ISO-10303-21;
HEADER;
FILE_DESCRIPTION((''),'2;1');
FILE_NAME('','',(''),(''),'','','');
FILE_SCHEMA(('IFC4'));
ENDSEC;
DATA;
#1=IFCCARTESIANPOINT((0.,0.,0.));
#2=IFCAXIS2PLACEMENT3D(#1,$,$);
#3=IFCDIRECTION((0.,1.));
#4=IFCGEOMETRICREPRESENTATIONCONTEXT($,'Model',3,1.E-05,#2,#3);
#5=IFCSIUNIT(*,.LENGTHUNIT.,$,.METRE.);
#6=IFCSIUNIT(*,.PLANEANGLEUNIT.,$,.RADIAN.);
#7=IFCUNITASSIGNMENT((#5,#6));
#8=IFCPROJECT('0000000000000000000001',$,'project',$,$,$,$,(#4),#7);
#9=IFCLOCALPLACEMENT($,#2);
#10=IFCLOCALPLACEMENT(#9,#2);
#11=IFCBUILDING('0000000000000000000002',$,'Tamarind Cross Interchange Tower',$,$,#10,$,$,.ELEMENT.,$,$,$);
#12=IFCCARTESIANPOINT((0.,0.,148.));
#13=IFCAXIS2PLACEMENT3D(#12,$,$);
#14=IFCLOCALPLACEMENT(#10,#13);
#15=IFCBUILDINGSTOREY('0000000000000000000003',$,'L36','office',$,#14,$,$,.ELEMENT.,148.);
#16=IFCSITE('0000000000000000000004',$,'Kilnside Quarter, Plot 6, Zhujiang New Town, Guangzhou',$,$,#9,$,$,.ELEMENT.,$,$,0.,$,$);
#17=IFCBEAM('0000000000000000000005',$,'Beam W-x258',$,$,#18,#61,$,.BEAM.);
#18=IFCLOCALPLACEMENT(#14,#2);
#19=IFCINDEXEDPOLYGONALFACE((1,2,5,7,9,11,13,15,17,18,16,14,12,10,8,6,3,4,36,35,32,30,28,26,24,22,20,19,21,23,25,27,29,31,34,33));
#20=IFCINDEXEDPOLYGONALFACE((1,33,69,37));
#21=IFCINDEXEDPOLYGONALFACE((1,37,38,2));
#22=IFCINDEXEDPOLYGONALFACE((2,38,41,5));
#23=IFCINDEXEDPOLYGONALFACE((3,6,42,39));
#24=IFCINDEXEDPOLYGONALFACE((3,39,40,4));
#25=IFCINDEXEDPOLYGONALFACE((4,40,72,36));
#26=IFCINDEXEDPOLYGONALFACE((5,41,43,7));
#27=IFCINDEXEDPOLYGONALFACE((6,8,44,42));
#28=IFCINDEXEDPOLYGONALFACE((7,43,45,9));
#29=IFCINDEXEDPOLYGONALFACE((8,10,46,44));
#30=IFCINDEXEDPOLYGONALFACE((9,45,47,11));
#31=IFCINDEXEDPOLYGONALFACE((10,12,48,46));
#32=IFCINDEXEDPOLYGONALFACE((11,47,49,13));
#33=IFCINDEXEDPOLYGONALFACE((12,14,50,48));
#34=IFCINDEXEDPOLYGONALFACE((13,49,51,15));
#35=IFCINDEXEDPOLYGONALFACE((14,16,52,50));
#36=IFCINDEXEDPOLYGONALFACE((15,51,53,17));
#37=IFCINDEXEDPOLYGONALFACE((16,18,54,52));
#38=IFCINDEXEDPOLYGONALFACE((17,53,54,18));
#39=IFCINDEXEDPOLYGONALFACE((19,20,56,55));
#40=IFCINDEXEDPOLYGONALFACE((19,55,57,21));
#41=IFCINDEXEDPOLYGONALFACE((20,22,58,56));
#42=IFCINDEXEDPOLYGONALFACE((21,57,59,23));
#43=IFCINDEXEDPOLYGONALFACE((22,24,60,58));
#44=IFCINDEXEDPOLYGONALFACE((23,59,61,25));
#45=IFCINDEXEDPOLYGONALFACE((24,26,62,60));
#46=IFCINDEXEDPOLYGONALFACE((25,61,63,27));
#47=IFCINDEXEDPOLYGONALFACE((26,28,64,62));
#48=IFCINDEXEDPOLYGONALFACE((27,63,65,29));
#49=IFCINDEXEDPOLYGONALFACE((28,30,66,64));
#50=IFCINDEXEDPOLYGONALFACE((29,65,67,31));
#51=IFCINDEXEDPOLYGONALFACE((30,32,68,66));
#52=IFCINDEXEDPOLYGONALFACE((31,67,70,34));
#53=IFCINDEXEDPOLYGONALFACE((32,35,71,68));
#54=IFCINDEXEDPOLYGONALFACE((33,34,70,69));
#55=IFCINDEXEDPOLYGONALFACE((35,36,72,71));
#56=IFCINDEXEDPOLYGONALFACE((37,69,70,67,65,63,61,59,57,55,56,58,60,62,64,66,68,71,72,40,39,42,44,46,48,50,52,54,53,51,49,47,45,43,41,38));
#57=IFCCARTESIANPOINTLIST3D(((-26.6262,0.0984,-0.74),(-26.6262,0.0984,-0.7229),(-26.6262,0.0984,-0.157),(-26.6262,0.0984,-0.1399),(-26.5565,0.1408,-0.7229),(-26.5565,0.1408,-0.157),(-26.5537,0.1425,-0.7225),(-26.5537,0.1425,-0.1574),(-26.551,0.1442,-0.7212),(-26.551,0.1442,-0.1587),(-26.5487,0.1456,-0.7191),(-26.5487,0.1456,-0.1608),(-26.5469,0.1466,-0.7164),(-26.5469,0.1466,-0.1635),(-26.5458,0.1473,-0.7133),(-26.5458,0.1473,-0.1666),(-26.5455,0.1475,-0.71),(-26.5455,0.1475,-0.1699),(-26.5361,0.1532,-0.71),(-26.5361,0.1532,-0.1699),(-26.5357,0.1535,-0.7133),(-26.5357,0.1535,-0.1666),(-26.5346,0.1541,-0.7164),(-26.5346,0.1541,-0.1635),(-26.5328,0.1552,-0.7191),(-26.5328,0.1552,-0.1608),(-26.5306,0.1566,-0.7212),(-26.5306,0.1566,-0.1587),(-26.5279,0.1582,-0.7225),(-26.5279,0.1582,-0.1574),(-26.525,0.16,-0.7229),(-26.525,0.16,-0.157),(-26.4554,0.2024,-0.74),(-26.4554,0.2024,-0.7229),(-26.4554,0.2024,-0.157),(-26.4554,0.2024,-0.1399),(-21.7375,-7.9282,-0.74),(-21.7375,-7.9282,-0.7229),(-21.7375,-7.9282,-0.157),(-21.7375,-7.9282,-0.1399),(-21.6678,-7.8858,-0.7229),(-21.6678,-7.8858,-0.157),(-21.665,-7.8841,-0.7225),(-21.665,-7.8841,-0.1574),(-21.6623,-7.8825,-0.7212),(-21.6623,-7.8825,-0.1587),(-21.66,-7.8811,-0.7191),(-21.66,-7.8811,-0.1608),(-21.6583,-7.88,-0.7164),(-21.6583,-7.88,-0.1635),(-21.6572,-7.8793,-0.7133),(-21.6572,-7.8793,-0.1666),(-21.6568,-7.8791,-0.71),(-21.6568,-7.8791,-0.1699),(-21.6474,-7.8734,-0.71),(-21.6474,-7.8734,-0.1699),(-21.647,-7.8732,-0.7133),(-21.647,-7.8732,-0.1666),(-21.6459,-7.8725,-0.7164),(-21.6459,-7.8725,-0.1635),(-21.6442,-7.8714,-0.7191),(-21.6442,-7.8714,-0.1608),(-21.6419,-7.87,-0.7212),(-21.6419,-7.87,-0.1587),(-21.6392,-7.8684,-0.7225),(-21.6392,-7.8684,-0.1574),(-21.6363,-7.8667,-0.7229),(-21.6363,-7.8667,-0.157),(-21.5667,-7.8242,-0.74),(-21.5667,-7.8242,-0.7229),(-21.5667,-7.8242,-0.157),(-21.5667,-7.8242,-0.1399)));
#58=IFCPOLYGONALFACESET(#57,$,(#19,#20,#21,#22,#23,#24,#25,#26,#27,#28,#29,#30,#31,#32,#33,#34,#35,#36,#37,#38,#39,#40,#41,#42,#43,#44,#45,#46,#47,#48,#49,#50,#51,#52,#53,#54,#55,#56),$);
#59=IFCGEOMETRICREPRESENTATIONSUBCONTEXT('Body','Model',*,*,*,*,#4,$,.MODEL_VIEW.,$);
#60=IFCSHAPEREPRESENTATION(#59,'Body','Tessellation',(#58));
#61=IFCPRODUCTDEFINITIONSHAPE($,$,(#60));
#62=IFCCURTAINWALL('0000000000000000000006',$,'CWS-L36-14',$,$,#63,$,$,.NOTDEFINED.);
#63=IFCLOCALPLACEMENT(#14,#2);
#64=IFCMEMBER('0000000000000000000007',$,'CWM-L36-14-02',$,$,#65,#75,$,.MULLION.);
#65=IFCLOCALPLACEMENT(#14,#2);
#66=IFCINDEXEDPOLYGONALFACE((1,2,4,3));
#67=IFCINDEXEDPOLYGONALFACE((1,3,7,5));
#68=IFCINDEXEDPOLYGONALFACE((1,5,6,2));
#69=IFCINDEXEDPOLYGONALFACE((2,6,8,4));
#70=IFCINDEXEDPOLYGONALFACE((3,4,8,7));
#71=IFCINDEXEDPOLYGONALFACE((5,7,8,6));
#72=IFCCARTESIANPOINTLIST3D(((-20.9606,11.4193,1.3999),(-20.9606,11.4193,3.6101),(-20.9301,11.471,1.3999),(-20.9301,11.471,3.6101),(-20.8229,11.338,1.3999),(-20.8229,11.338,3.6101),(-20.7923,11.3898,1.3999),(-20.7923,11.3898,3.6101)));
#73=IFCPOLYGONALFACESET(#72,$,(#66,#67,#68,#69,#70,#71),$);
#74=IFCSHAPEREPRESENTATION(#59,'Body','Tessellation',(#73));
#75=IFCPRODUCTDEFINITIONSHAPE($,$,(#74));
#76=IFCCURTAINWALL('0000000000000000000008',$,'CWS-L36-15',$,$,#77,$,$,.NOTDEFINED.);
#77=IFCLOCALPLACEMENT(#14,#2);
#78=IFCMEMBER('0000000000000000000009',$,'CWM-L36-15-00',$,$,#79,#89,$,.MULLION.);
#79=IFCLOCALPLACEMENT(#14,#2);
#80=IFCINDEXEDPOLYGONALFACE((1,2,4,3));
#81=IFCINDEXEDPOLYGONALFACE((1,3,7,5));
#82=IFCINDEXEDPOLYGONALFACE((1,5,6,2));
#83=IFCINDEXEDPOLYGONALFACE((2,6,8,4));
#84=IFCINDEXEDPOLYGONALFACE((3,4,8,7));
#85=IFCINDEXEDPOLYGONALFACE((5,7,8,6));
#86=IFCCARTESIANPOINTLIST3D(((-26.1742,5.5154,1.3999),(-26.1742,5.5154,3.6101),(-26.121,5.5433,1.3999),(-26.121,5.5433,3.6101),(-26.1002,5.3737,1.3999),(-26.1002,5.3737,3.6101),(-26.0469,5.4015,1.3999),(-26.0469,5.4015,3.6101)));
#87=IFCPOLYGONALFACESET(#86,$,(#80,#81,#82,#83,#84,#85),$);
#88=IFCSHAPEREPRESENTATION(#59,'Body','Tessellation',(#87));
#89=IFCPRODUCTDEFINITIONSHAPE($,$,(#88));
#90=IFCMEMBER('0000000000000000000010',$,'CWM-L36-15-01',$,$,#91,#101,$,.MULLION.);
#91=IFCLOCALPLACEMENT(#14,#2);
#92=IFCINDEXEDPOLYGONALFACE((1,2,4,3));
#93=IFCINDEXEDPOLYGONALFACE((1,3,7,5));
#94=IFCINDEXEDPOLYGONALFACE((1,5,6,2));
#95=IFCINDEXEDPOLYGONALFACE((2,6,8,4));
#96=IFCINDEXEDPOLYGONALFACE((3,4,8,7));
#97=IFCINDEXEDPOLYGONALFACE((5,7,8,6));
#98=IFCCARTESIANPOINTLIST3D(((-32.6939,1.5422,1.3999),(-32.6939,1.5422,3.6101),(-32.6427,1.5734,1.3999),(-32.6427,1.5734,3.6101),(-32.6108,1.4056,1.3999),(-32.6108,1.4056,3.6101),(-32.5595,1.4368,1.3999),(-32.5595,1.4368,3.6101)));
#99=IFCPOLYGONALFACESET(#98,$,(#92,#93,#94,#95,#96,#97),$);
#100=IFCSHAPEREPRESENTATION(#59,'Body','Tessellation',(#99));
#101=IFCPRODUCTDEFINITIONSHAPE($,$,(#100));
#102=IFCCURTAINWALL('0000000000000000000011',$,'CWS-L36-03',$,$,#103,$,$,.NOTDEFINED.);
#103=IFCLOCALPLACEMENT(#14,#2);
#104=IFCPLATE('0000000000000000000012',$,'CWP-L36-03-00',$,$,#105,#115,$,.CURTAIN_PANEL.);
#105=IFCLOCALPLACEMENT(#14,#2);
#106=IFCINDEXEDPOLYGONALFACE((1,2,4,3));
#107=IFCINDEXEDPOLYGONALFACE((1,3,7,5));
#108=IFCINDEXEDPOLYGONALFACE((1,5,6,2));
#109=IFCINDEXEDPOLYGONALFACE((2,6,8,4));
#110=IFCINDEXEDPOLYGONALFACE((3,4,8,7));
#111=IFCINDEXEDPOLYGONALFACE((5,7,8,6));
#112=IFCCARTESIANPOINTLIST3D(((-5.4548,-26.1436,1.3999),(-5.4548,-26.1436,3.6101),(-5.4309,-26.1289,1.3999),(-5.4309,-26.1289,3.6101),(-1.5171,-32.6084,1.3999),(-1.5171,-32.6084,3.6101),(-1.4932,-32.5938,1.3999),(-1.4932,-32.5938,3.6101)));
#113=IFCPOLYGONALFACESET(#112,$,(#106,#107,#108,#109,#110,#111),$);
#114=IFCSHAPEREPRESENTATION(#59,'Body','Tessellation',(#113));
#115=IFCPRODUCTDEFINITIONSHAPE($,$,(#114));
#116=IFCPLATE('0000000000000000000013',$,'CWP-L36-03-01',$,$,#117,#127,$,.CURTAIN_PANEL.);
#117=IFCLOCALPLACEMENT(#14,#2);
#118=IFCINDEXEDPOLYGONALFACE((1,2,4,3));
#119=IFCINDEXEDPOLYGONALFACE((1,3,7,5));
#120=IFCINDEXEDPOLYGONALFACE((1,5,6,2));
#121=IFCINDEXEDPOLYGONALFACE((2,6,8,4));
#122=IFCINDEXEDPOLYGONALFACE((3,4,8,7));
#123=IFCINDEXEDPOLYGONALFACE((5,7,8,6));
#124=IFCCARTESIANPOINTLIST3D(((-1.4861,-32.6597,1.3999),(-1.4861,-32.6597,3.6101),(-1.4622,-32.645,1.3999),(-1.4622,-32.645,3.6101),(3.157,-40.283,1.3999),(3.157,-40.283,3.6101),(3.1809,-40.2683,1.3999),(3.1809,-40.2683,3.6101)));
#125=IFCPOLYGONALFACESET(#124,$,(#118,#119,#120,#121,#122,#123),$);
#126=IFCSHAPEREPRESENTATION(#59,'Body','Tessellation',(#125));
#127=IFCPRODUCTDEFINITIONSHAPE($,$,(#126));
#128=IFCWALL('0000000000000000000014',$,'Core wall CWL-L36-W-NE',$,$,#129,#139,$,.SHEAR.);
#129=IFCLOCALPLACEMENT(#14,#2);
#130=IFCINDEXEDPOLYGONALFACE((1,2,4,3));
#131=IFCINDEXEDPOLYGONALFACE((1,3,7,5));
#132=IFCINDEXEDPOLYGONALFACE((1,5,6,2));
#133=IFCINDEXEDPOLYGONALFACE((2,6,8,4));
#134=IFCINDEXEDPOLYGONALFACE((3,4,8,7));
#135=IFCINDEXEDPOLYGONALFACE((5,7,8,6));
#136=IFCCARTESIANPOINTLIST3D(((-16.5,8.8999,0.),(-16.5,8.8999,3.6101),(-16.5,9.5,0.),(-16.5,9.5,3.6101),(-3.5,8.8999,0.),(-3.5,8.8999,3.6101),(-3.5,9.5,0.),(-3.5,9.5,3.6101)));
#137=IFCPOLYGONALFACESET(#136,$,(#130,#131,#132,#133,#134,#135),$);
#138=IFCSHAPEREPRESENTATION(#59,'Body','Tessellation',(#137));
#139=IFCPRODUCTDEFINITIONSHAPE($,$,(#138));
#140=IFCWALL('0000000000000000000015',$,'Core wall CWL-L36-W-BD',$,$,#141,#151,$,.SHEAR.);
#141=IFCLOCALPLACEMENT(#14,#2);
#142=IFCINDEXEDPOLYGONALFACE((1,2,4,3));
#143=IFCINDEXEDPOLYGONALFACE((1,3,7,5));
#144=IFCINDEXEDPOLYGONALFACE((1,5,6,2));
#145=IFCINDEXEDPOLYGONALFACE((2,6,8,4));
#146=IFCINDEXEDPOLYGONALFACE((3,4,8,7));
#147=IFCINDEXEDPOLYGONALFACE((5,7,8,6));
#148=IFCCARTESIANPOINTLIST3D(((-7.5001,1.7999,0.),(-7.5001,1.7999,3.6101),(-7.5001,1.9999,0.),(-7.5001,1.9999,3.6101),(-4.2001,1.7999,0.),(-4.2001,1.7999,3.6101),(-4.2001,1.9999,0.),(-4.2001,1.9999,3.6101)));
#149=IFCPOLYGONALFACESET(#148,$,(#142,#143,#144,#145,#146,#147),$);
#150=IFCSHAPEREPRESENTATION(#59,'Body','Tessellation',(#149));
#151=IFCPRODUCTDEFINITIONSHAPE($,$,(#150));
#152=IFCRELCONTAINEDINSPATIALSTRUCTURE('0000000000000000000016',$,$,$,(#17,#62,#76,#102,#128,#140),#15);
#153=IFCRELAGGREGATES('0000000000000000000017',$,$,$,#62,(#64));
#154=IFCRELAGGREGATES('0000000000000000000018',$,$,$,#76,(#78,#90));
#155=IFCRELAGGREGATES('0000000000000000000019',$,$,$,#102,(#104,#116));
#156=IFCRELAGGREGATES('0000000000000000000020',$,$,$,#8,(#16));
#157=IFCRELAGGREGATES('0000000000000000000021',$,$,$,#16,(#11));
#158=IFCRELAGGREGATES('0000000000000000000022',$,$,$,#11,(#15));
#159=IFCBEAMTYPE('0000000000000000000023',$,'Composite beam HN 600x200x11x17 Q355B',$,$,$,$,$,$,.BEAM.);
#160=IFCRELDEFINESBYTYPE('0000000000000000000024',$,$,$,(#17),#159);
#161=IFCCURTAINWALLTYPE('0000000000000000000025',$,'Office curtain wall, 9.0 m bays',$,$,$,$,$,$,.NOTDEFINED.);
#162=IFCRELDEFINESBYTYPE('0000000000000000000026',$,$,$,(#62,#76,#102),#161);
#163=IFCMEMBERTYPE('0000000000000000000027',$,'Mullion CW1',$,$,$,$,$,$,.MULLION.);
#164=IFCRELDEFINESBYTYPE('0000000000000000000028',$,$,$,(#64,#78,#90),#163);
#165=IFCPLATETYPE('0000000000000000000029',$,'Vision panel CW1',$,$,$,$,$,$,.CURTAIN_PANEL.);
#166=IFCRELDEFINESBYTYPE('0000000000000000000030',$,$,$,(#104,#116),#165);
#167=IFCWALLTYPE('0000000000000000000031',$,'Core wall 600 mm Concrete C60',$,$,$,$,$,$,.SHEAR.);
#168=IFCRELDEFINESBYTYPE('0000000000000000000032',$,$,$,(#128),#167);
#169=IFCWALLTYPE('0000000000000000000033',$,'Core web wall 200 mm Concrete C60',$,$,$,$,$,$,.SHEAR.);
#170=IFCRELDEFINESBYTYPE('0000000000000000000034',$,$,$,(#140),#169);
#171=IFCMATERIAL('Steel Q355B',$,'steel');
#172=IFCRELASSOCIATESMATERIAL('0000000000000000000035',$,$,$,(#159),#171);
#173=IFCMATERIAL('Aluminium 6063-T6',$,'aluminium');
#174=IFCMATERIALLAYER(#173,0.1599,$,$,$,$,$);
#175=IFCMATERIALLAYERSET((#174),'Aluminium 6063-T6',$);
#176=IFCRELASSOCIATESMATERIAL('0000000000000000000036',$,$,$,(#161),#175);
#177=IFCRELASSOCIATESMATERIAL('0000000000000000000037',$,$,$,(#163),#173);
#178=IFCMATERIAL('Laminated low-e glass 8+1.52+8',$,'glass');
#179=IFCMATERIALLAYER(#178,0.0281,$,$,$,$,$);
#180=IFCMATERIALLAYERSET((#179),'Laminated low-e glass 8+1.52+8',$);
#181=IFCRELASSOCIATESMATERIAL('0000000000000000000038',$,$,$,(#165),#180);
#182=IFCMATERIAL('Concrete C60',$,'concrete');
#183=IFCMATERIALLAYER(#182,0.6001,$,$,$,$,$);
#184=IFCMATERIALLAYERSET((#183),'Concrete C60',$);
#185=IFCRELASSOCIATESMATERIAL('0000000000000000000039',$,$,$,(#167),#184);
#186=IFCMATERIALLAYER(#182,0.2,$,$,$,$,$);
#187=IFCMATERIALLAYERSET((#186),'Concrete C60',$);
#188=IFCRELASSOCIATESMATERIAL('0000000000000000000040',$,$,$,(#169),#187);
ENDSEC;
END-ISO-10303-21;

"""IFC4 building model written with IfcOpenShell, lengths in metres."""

from ifc_helpers import new_model, si_unit, direction, frame, frame_2d, origin, origin_2d, place, context, subcontext, project, spatial, polyline, rectangle, i_section, outline, extrude, material, layer, layer_set, material_profile, profile_set, type_object, element, aggregate, save


model = new_model("IFC4")

# Units and contexts
model_context = context("Model", 3, precision=1e-05, world=origin(), true_north=direction((0.0, 1.0)))
body_context = subcontext(model_context, "Body", "Model", "MODEL_VIEW")
ifc_project = project(units=[si_unit("LENGTHUNIT", "METRE"), si_unit("PLANEANGLEUNIT", "RADIAN")], contexts=[model_context])

# Site, building, storey
site_placement = place(None, origin())
site = spatial("IfcSite", under=ifc_project, at=site_placement, Name="Kilnside Quarter, Plot 6, Zhujiang New Town, Guangzhou", CompositionType="ELEMENT", RefElevation=0.0)
building_placement = place(site_placement, origin())
building = spatial("IfcBuilding", under=site, at=building_placement, Name="Tamarind Cross Interchange Tower", CompositionType="ELEMENT")
storey_placement = place(building_placement, frame((0.0, 0.0, 148.0)))
storey = spatial("IfcBuildingStorey", under=building, at=storey_placement, Name="L36", Description="office", CompositionType="ELEMENT", Elevation=148.0)

# Shared definitions
ifc_material_1 = material(Name="Concrete C60", Category="concrete")

# Beam
ifc_material_2 = material(Name="Steel Q355B", Category="steel")
ifc_material_profile_1 = material_profile(ifc_material_2, i_section(OverallWidth=0.2, OverallDepth=0.6001, WebThickness=0.011, FlangeThickness=0.0171, FilletRadius=0.0129, at=origin_2d()), Name="HN 600x200x11x17")
ifc_profile_set_1 = profile_set([ifc_material_profile_1], Name="Steel Q355B")
beam_type_1 = type_object("IfcBeamType", Name="Composite beam HN 600x200x11x17 Q355B", PredefinedType="BEAM", material=ifc_profile_set_1)
beam_1_placement = place(storey_placement, frame((-26.5408, 0.1504, -0.4399), z_axis=(0.520173, -0.854061, 0.0), x_axis=(0.854061, 0.520173, 0.0)))
element("IfcBeam", 1, at=beam_1_placement, inside=storey, type_object=beam_type_1, Name="Beam W-x258", PredefinedType="BEAM", context=body_context, shape_type="SweptSolid", body=[
    extrude(i_section(OverallWidth=0.2, OverallDepth=0.6001, WebThickness=0.011, FlangeThickness=0.0171, FilletRadius=0.0129, at=origin_2d()), origin(), (0.0, 0.0, 1.0), 9.3982),
])

# Curtain wall, member
ifc_material_3 = material(Name="Aluminium 6063-T6", Category="aluminium")
ifc_layer_1 = layer(ifc_material_3, 0.1599)
ifc_layer_set_1 = layer_set([ifc_layer_1], Name="Aluminium 6063-T6")
curtain_wall_type = type_object("IfcCurtainWallType", Name="Office curtain wall, 9.0 m bays", PredefinedType="NOTDEFINED", material=ifc_layer_set_1)
curtain_wall_1_placement = place(storey_placement, origin())
curtain_wall_1 = element("IfcCurtainWall", 2, at=curtain_wall_1_placement, inside=storey, type_object=curtain_wall_type, Name="CWS-L36-14", PredefinedType="NOTDEFINED")
ifc_material_profile_2 = material_profile(ifc_material_3, rectangle(XDim=0.0601, YDim=0.1599, at=origin_2d()), Name="Mullion CW1")
ifc_profile_set_2 = profile_set([ifc_material_profile_2], Name="Aluminium 6063-T6")
member_type = type_object("IfcMemberType", Name="Mullion CW1", PredefinedType="MULLION", material=ifc_profile_set_2)
member_1_placement = place(storey_placement, frame((-20.8765, 11.4045, 1.3999), z_axis=(0.0, 0.0, 1.0), x_axis=(-0.508183, -0.861249, 0.0)))
member_1 = element("IfcMember", 3, at=member_1_placement, type_object=member_type, Name="CWM-L36-14-02", PredefinedType="MULLION", context=body_context, shape_type="SweptSolid", body=[
    extrude(rectangle(XDim=0.0601, YDim=0.1599, at=origin_2d()), origin(), (0.0, 0.0, 1.0), 2.2102),
])
aggregate(curtain_wall_1, [member_1])

# Curtain wall, members
curtain_wall_2_placement = place(storey_placement, origin())
curtain_wall_2 = element("IfcCurtainWall", 4, at=curtain_wall_2_placement, inside=storey, type_object=curtain_wall_type, Name="CWS-L36-15", PredefinedType="NOTDEFINED")
member_2_placement = place(storey_placement, frame((-26.1106, 5.4585, 1.3999), z_axis=(0.0, 0.0, 1.0), x_axis=(-0.886252, -0.463203, 0.0)))
member_2 = element("IfcMember", 5, at=member_2_placement, type_object=member_type, Name="CWM-L36-15-00", PredefinedType="MULLION", context=body_context, shape_type="SweptSolid", body=[
    extrude(rectangle(XDim=0.0601, YDim=0.1599, at=origin_2d()), origin(), (0.0, 0.0, 1.0), 2.2102),
])
member_3_placement = place(storey_placement, frame((-32.6267, 1.4895, 1.3999), z_axis=(0.0, 0.0, 1.0), x_axis=(-0.85406, -0.520175, 0.0)))
member_3 = element("IfcMember", 6, at=member_3_placement, type_object=member_type, Name="CWM-L36-15-01", PredefinedType="MULLION", context=body_context, shape_type="SweptSolid", body=[
    extrude(rectangle(XDim=0.0601, YDim=0.1599, at=origin_2d()), origin(), (0.0, 0.0, 1.0), 2.2102),
])
aggregate(curtain_wall_2, [member_2, member_3])

# Curtain wall, plates
curtain_wall_3_placement = place(storey_placement, origin())
curtain_wall_3 = element("IfcCurtainWall", 7, at=curtain_wall_3_placement, inside=storey, type_object=curtain_wall_type, Name="CWS-L36-03", PredefinedType="NOTDEFINED")
ifc_material_4 = material(Name="Laminated low-e glass 8+1.52+8", Category="glass")
ifc_layer_2 = layer(ifc_material_4, 0.0281)
ifc_layer_set_2 = layer_set([ifc_layer_2], Name="Laminated low-e glass 8+1.52+8")
plate_type = type_object("IfcPlateType", Name="Vision panel CW1", PredefinedType="CURTAIN_PANEL", material=ifc_layer_set_2)
plate_1_placement = place(storey_placement, frame((0.0, 0.0, 1.3999)))
plate_1 = element("IfcPlate", 8, at=plate_1_placement, type_object=plate_type, Name="CWP-L36-03-00", PredefinedType="CURTAIN_PANEL", context=body_context, shape_type="SweptSolid", body=[
    extrude(outline(polyline([(-5.4309, -26.1289), (-1.4932, -32.5938), (-1.5171, -32.6084), (-5.4548, -26.1436), (-5.4309, -26.1289)])), origin(), (0.0, 0.0, 1.0), 2.2102),
])
plate_2_placement = place(storey_placement, frame((0.0, 0.0, 1.3999)))
plate_2 = element("IfcPlate", 9, at=plate_2_placement, type_object=plate_type, Name="CWP-L36-03-01", PredefinedType="CURTAIN_PANEL", context=body_context, shape_type="SweptSolid", body=[
    extrude(outline(polyline([(-1.4622, -32.645), (3.1809, -40.2683), (3.157, -40.283), (-1.4861, -32.6597), (-1.4622, -32.645)])), origin(), (0.0, 0.0, 1.0), 2.2102),
])
aggregate(curtain_wall_3, [plate_1, plate_2])

# Walls
ifc_layer_3 = layer(ifc_material_1, 0.6001)
ifc_layer_set_3 = layer_set([ifc_layer_3], Name="Concrete C60")
wall_type_1 = type_object("IfcWallType", Name="Core wall 600 mm Concrete C60", PredefinedType="SHEAR", material=ifc_layer_set_3)
wall_1_placement = place(storey_placement, frame((-16.5, 9.2, 0.0), z_axis=(0.0, 0.0, 1.0), x_axis=(1.0, 0.0, 0.0)))
element("IfcWall", 10, at=wall_1_placement, inside=storey, type_object=wall_type_1, Name="Core wall CWL-L36-W-NE", PredefinedType="SHEAR", context=body_context, shape_type="SweptSolid", body=[
    extrude(rectangle(XDim=13.0, YDim=0.6001, at=frame_2d((6.5, 0.0))), origin(), (0.0, 0.0, 1.0), 3.6101),
])
ifc_layer_4 = layer(ifc_material_1, 0.2)
ifc_layer_set_4 = layer_set([ifc_layer_4], Name="Concrete C60")
wall_type_2 = type_object("IfcWallType", Name="Core web wall 200 mm Concrete C60", PredefinedType="SHEAR", material=ifc_layer_set_4)
wall_2_placement = place(storey_placement, frame((-7.5, 1.8999, 0.0), z_axis=(0.0, 0.0, 1.0), x_axis=(1.0, 0.0, 0.0)))
element("IfcWall", 11, at=wall_2_placement, inside=storey, type_object=wall_type_2, Name="Core wall CWL-L36-W-BD", PredefinedType="SHEAR", context=body_context, shape_type="SweptSolid", body=[
    extrude(rectangle(XDim=3.3, YDim=0.2, at=frame_2d((1.6499, 0.0))), origin(), (0.0, 0.0, 1.0), 3.6101),
])

save(model, "model.ifc")
